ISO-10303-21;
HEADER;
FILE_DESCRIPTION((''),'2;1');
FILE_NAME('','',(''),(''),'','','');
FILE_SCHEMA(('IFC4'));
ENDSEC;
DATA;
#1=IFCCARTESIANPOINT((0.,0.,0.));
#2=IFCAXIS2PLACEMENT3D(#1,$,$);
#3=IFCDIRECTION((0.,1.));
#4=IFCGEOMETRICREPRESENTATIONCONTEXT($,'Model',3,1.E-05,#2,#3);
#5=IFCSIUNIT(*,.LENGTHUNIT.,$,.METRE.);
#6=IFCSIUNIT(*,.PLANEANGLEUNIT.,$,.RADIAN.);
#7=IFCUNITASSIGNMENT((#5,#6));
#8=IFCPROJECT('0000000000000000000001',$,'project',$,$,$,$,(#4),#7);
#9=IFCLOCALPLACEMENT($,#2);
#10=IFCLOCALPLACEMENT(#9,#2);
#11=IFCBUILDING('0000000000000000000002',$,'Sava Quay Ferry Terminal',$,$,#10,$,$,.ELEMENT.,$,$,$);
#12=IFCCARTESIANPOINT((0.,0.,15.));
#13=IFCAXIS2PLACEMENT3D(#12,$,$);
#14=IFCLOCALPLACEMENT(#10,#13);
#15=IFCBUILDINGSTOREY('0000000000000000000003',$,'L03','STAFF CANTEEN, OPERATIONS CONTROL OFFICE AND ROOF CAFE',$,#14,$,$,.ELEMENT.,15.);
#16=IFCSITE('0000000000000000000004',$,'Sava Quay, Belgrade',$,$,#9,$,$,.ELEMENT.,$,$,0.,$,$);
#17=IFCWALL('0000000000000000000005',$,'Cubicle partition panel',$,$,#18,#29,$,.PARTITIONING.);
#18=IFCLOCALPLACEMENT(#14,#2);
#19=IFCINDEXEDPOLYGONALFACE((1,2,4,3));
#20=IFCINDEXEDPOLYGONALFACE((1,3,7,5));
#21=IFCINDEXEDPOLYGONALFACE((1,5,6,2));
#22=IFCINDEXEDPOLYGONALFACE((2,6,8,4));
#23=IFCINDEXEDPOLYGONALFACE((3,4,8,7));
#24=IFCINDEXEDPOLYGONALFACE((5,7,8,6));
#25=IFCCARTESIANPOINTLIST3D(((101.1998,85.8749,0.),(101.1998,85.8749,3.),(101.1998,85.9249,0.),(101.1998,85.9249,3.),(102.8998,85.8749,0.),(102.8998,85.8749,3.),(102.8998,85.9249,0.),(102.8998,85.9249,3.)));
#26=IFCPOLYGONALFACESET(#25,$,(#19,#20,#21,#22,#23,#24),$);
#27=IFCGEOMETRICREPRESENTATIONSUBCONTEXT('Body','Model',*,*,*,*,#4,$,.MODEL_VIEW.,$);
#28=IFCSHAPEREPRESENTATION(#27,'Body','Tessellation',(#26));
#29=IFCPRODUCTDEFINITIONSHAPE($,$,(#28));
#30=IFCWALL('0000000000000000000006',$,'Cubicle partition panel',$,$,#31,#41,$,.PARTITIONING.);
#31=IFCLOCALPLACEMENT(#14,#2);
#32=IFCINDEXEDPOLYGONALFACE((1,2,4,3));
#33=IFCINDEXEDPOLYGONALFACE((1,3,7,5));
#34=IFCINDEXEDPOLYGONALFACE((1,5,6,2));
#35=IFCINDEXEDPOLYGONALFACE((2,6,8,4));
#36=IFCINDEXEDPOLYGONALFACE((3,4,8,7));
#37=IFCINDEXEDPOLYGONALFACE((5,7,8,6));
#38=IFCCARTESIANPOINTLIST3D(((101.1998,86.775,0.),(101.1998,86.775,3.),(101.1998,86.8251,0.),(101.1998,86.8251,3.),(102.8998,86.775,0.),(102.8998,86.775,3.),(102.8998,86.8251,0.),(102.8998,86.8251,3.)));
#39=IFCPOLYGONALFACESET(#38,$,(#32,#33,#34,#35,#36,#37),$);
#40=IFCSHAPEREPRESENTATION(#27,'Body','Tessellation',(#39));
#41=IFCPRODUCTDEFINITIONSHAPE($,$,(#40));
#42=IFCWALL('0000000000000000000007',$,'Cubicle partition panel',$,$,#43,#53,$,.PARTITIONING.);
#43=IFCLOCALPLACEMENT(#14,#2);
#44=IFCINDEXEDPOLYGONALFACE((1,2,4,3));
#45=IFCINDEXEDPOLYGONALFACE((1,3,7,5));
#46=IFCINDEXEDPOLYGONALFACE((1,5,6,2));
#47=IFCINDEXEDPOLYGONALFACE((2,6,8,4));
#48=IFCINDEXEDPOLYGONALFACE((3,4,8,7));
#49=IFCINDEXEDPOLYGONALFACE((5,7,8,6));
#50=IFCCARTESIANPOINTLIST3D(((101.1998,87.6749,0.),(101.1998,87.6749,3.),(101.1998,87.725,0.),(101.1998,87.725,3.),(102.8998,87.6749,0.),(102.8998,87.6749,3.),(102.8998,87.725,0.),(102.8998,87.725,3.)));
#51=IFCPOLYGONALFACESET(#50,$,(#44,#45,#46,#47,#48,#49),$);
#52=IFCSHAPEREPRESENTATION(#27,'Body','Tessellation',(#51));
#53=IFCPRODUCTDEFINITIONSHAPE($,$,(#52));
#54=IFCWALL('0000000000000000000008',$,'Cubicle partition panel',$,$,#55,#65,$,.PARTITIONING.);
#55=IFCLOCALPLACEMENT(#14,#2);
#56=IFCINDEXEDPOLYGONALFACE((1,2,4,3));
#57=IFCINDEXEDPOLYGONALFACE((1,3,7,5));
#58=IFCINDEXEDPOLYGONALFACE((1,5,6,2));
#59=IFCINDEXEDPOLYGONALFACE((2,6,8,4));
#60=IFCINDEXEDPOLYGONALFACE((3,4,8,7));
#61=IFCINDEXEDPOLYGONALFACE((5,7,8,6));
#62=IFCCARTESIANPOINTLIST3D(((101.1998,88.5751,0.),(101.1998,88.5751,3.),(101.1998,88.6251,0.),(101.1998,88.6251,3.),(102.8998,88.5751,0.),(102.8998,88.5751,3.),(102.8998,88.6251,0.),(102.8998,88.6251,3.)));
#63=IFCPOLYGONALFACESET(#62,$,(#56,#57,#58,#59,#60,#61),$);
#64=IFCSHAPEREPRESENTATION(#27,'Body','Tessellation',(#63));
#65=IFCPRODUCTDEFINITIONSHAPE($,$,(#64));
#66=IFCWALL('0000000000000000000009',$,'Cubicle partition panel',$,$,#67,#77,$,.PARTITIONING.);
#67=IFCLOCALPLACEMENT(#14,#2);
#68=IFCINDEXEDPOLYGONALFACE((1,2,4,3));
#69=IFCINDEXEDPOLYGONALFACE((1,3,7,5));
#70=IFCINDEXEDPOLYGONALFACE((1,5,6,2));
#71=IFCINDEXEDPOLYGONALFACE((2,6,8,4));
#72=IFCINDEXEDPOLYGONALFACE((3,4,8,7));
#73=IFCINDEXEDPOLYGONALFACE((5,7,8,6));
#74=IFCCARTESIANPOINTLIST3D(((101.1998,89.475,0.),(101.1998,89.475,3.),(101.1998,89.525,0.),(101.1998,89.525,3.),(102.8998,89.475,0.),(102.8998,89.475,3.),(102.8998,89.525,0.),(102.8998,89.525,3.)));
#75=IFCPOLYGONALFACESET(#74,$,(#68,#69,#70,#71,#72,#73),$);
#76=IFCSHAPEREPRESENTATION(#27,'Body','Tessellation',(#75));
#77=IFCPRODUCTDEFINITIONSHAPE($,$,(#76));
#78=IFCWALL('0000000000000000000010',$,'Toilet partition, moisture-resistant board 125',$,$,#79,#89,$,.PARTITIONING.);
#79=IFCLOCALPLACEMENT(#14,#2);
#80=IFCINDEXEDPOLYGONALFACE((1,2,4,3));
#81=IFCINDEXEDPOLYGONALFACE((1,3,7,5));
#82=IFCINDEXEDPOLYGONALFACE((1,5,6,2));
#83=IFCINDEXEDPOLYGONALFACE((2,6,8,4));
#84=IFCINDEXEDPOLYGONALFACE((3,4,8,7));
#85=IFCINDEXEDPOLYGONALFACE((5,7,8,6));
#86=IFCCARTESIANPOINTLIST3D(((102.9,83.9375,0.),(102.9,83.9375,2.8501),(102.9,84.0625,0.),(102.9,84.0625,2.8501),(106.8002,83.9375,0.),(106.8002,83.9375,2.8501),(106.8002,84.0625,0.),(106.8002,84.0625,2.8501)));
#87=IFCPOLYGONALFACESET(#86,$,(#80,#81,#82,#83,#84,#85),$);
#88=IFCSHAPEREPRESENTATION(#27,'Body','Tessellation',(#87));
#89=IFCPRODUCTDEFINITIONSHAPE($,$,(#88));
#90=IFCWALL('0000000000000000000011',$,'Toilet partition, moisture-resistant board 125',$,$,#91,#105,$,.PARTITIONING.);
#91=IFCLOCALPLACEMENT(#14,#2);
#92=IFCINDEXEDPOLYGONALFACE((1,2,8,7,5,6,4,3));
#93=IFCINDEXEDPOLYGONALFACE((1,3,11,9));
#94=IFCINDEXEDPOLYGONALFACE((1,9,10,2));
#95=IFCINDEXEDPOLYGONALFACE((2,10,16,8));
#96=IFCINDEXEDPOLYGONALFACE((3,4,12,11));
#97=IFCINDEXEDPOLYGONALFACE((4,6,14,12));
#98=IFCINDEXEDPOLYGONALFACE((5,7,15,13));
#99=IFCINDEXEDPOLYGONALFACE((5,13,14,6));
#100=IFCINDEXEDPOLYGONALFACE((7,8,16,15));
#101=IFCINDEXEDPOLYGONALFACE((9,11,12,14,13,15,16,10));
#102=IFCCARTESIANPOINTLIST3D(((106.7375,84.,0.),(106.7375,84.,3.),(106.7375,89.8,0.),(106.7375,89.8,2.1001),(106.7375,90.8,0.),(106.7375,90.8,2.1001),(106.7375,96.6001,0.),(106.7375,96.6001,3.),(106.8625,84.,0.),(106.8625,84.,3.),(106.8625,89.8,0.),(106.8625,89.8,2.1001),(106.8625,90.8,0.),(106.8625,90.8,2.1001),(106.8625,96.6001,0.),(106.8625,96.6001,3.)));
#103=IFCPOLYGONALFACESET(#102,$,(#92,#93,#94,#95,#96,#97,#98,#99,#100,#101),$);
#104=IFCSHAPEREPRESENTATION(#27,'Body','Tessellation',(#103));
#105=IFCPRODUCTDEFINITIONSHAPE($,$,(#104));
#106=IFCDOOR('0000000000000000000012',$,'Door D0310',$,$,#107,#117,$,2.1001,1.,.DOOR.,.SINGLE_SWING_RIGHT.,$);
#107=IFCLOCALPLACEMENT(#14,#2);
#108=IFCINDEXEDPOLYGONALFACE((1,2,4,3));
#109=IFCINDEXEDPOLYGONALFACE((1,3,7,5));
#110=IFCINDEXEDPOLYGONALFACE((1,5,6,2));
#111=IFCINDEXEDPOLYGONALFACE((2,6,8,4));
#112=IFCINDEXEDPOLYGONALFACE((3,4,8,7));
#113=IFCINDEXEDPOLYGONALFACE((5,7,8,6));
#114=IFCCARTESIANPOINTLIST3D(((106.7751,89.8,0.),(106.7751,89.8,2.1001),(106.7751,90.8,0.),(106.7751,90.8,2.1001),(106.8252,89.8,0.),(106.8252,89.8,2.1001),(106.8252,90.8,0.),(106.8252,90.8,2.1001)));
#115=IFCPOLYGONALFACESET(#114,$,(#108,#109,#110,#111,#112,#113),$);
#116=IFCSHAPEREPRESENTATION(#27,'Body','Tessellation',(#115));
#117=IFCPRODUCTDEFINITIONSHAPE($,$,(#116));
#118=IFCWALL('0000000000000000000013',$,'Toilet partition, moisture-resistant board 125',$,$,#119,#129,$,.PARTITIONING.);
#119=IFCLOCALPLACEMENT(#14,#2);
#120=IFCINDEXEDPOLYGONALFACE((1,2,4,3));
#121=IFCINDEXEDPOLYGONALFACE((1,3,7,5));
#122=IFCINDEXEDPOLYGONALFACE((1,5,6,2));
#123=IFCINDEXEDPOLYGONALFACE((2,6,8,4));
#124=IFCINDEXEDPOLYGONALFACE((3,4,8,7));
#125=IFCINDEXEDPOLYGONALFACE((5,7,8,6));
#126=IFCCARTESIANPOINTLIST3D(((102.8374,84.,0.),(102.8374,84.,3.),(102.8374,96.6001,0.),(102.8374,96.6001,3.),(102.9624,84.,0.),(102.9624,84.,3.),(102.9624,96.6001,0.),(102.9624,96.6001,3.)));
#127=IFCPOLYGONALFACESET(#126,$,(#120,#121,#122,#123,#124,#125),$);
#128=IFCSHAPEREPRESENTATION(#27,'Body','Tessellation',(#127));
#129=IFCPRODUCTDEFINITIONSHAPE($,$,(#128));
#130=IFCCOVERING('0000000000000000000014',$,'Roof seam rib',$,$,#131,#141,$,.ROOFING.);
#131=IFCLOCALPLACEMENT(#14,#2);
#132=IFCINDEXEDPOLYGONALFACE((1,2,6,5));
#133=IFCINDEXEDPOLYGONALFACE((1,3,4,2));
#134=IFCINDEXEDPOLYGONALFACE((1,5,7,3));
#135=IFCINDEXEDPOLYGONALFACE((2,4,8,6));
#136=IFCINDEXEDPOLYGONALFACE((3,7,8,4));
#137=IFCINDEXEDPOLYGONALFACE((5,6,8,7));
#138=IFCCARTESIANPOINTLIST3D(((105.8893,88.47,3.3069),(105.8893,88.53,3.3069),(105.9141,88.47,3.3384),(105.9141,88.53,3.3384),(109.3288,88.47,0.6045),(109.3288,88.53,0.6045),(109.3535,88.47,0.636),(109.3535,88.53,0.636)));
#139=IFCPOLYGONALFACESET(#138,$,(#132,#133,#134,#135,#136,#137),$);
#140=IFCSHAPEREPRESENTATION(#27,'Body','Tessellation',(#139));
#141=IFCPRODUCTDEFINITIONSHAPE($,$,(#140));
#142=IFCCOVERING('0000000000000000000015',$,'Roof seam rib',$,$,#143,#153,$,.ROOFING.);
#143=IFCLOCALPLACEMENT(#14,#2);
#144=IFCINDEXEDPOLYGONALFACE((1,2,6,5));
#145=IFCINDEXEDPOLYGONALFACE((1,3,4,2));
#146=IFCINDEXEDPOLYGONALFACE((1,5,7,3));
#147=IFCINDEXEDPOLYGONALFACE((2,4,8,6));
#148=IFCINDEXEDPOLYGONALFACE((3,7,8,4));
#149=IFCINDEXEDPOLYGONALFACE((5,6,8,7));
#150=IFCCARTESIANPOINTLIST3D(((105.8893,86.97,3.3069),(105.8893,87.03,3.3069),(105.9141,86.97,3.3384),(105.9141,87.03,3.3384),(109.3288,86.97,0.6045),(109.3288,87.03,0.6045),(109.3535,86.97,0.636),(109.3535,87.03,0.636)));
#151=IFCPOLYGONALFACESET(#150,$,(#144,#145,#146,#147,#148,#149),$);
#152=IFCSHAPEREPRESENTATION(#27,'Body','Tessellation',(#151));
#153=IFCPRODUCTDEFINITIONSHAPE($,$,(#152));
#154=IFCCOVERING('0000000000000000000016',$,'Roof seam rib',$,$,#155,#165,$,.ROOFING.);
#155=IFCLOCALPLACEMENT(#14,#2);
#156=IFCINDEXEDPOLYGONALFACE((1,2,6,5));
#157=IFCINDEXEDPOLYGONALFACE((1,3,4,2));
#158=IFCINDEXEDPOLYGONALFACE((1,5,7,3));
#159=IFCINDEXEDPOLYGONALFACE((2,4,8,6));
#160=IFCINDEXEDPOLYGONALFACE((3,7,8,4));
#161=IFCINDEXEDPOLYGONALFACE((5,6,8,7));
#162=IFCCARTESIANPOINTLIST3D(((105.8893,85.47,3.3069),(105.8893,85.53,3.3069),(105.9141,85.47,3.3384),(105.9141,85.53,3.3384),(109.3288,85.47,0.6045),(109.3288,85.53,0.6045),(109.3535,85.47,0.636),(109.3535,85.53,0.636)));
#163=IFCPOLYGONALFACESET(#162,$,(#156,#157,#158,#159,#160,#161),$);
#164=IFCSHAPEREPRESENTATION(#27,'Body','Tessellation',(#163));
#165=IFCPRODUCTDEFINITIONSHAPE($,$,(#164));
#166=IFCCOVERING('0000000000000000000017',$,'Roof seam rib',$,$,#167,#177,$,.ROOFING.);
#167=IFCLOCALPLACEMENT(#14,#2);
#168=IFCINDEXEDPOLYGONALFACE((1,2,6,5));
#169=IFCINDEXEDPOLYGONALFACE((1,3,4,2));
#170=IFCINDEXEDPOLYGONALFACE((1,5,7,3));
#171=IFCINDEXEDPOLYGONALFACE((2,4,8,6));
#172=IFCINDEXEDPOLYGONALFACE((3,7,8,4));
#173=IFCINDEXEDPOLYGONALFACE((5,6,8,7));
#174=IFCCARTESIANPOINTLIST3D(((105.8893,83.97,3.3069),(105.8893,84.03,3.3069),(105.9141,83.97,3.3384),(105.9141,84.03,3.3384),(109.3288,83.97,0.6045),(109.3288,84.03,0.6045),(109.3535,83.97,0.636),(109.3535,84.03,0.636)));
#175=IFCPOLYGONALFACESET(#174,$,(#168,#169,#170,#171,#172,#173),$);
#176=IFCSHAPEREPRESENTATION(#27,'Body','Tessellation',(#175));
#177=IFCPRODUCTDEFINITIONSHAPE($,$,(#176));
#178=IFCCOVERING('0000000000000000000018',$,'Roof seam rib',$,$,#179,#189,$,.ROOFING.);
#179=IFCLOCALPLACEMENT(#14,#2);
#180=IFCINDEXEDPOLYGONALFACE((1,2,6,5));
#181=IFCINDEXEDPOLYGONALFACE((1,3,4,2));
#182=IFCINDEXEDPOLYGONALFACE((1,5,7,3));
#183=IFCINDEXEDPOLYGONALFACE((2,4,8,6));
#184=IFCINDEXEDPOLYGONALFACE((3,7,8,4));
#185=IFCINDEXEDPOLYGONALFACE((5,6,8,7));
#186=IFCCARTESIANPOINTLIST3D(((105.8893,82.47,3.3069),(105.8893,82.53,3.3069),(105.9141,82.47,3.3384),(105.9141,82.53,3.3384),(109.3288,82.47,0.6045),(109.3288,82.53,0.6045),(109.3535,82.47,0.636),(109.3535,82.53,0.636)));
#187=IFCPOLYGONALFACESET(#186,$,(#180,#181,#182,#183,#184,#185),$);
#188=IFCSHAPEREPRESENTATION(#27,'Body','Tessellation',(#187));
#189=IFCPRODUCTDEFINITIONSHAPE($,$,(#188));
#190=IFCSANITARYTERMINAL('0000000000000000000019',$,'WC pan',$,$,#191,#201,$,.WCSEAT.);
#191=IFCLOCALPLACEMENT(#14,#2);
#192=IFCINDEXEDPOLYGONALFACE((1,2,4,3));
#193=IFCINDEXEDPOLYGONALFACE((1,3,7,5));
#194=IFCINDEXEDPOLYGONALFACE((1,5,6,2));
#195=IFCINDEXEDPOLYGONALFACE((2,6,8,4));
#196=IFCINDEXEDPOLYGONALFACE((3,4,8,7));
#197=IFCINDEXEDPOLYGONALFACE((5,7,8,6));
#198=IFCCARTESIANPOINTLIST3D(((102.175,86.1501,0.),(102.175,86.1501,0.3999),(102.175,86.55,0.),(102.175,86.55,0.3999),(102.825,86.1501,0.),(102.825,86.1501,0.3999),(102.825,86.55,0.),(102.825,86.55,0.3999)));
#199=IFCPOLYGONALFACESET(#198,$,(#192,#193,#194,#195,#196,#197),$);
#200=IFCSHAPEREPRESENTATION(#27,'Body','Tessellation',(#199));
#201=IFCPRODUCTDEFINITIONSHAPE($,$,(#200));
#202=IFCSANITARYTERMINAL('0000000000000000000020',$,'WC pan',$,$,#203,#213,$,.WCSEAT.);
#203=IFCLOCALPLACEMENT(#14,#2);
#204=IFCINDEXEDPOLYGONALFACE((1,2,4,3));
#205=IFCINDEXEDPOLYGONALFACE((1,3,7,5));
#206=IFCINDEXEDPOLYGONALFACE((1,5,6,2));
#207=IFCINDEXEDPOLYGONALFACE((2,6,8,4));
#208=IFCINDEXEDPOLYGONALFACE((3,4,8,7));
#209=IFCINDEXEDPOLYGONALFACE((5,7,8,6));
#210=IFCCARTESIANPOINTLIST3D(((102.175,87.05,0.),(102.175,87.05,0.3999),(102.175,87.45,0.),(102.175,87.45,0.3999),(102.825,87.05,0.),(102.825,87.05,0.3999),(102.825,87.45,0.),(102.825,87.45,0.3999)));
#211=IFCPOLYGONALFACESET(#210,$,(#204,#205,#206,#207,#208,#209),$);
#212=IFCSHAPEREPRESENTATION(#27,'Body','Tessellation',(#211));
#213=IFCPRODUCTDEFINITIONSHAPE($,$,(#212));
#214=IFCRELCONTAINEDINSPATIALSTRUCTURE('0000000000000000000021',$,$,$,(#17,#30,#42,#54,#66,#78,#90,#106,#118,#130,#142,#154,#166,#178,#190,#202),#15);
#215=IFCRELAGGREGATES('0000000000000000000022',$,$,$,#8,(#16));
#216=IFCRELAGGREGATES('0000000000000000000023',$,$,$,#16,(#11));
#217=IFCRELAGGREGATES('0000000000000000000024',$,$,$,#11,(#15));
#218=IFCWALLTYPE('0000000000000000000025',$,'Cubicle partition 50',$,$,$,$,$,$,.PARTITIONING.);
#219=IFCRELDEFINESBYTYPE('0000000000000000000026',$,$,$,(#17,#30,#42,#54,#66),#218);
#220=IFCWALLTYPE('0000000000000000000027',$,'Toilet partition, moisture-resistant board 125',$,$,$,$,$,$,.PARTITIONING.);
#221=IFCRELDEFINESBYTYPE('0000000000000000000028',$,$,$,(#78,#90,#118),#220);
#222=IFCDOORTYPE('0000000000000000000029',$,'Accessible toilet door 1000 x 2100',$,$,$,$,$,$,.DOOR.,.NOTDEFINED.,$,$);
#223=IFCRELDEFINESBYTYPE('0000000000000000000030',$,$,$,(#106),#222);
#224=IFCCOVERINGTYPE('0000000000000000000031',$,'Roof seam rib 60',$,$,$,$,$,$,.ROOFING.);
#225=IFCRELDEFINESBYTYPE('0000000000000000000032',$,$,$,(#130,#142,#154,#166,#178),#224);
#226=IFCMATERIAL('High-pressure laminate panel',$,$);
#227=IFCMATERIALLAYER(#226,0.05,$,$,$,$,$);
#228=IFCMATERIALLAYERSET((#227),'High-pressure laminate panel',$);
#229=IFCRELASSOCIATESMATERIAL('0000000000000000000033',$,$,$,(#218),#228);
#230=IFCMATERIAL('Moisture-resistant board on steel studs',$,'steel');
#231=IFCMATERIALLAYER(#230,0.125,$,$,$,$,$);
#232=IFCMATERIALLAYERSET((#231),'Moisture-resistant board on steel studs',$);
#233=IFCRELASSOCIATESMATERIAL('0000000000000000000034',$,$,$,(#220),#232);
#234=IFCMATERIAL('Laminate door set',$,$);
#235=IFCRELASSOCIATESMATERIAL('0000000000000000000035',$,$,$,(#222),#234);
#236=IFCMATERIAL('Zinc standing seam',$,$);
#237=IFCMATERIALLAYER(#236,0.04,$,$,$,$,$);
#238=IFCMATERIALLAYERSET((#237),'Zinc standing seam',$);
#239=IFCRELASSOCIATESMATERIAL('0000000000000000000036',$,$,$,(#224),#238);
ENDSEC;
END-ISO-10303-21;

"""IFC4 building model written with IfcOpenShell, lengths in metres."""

from ifc_helpers import new_model, si_unit, direction, frame, frame_2d, origin, origin_2d, place, context, subcontext, project, spatial, polyline, rectangle, outline, extrude, material, layer, layer_set, type_object, element, fill, save


model = new_model("IFC4")

# Units and contexts
model_context = context("Model", 3, precision=1e-05, world=origin(), true_north=direction((0.0, 1.0)))
body_context = subcontext(model_context, "Body", "Model", "MODEL_VIEW")
ifc_project = project(units=[si_unit("LENGTHUNIT", "METRE"), si_unit("PLANEANGLEUNIT", "RADIAN")], contexts=[model_context])

# Site, building, storey
site_placement = place(None, origin())
site = spatial("IfcSite", under=ifc_project, at=site_placement, Name="Sava Quay, Belgrade", CompositionType="ELEMENT", RefElevation=0.0)
building_placement = place(site_placement, origin())
building = spatial("IfcBuilding", under=site, at=building_placement, Name="Sava Quay Ferry Terminal", CompositionType="ELEMENT")
storey_placement = place(building_placement, frame((0.0, 0.0, 15.0)))
storey = spatial("IfcBuildingStorey", under=building, at=storey_placement, Name="L03", Description="STAFF CANTEEN, OPERATIONS CONTROL OFFICE AND ROOF CAFE", CompositionType="ELEMENT", Elevation=15.0)

# Walls
ifc_material_1 = material(Name="High-pressure laminate panel")
ifc_layer_1 = layer(ifc_material_1, 0.05)
ifc_layer_set_1 = layer_set([ifc_layer_1], Name="High-pressure laminate panel")
wall_type_1 = type_object("IfcWallType", Name="Cubicle partition 50", PredefinedType="PARTITIONING", material=ifc_layer_set_1)
for number, where, z_axis, x_axis, name in (
    (1, (102.8999, 85.8999, 0.0), (0.0, 0.0, 1.0), (-1.0, 0.0, 0.0), "Cubicle partition panel"),
    (2, (102.8999, 86.8, 0.0), (0.0, 0.0, 1.0), (-1.0, 0.0, 0.0), "Cubicle partition panel"),
    (3, (102.8999, 87.7, 0.0), (0.0, 0.0, 1.0), (-1.0, 0.0, 0.0), "Cubicle partition panel"),
    (4, (102.8999, 88.6001, 0.0), (0.0, 0.0, 1.0), (-1.0, 0.0, 0.0), "Cubicle partition panel"),
    (5, (102.8999, 89.5, 0.0), (0.0, 0.0, 1.0), (-1.0, 0.0, 0.0), "Cubicle partition panel"),
):
    element("IfcWall", number, at=place(storey_placement, frame(where, z_axis=z_axis, x_axis=x_axis)), inside=storey, type_object=wall_type_1, Name=name, PredefinedType="PARTITIONING", context=body_context, shape_type="SweptSolid", body=[
        extrude(rectangle(XDim=1.7, YDim=0.05, at=frame_2d((0.8501, 0.0))), origin(), (0.0, 0.0, 1.0), 3.0),
    ])
ifc_material_2 = material(Name="Moisture-resistant board on steel studs", Category="steel")
ifc_layer_2 = layer(ifc_material_2, 0.125)
ifc_layer_set_2 = layer_set([ifc_layer_2], Name="Moisture-resistant board on steel studs")
wall_type_2 = type_object("IfcWallType", Name="Toilet partition, moisture-resistant board 125", PredefinedType="PARTITIONING", material=ifc_layer_set_2)
wall_1_placement = place(storey_placement, frame((102.8999, 84.0, 0.0), z_axis=(0.0, 0.0, 1.0), x_axis=(1.0, 0.0, 0.0)))
element("IfcWall", 6, at=wall_1_placement, inside=storey, type_object=wall_type_2, Name="Toilet partition, moisture-resistant board 125", PredefinedType="PARTITIONING", context=body_context, shape_type="SweptSolid", body=[
    extrude(rectangle(XDim=3.9001, YDim=0.125, at=frame_2d((1.9502, 0.0))), origin(), (0.0, 0.0, 1.0), 2.8501),
])

# Wall, opening, door
wall_2_placement = place(storey_placement, frame((106.8, 84.0, 0.0), z_axis=(0.0, 0.0, 1.0), x_axis=(0.0, 1.0, 0.0)))
wall_2 = element("IfcWall", 7, at=wall_2_placement, inside=storey, type_object=wall_type_2, Name="Toilet partition, moisture-resistant board 125", PredefinedType="PARTITIONING", context=body_context, shape_type="SweptSolid", body=[
    extrude(rectangle(XDim=12.6001, YDim=0.125, at=frame_2d((6.3, 0.0))), origin(), (0.0, 0.0, 1.0), 3.0),
])
opening_placement = place(wall_2_placement, frame((5.8, 0.0, 0.0)))
opening = element("IfcOpeningElement", 8, at=opening_placement, cuts=wall_2, PredefinedType="OPENING", context=body_context, shape_type="SweptSolid", body=[
    extrude(rectangle(XDim=1.0, YDim=2.1001, at=frame_2d((0.5, 1.05))), frame((0.0, 0.0625, 0.0), z_axis=(0.0, -1.0, 0.0), x_axis=(1.0, 0.0, 0.0)), (0.0, 0.0, 1.0), 0.125),
])
ifc_material_3 = material(Name="Laminate door set")
door_type = type_object("IfcDoorType", Name="Accessible toilet door 1000 x 2100", OperationType="NOTDEFINED", PredefinedType="DOOR", material=ifc_material_3)
door_placement = place(opening_placement, origin())
door = element("IfcDoor", 9, at=door_placement, inside=storey, type_object=door_type, Name="Door D0310", OperationType="SINGLE_SWING_RIGHT", OverallHeight=2.1001, OverallWidth=1.0, PredefinedType="DOOR", context=body_context, shape_type="SweptSolid", body=[
    extrude(rectangle(XDim=1.0, YDim=2.1001, at=frame_2d((0.5, 1.05))), frame((0.0, 0.0249, 0.0), z_axis=(0.0, -1.0, 0.0), x_axis=(1.0, 0.0, 0.0)), (0.0, 0.0, 1.0), 0.05),
])
fill(opening, door)

# Wall
wall_3_placement = place(storey_placement, frame((102.8999, 84.0, 0.0), z_axis=(0.0, 0.0, 1.0), x_axis=(0.0, 1.0, 0.0)))
element("IfcWall", 10, at=wall_3_placement, inside=storey, type_object=wall_type_2, Name="Toilet partition, moisture-resistant board 125", PredefinedType="PARTITIONING", context=body_context, shape_type="SweptSolid", body=[
    extrude(rectangle(XDim=12.6001, YDim=0.125, at=frame_2d((6.3, 0.0))), origin(), (0.0, 0.0, 1.0), 3.0),
])

# Coverings
ifc_material_4 = material(Name="Zinc standing seam")
ifc_layer_3 = layer(ifc_material_4, 0.04)
ifc_layer_set_3 = layer_set([ifc_layer_3], Name="Zinc standing seam")
covering_type = type_object("IfcCoveringType", Name="Roof seam rib 60", PredefinedType="ROOFING", material=ifc_layer_set_3)
for number, where, z_axis, x_axis, name in (
    (11, (109.3535, 88.47, 0.636), (0.617817, 0.0, 0.786322), (-0.786322, 0.0, 0.617817), "Roof seam rib"),
    (12, (109.3535, 86.97, 0.636), (0.617817, 0.0, 0.786322), (-0.786322, 0.0, 0.617817), "Roof seam rib"),
    (13, (109.3535, 85.47, 0.636), (0.617817, 0.0, 0.786322), (-0.786322, 0.0, 0.617817), "Roof seam rib"),
    (14, (109.3535, 83.97, 0.636), (0.617817, 0.0, 0.786322), (-0.786322, 0.0, 0.617817), "Roof seam rib"),
    (15, (109.3535, 82.47, 0.636), (0.617817, 0.0, 0.786322), (-0.786322, 0.0, 0.617817), "Roof seam rib"),
):
    element("IfcCovering", number, at=place(storey_placement, frame(where, z_axis=z_axis, x_axis=x_axis)), inside=storey, type_object=covering_type, Name=name, PredefinedType="ROOFING", context=body_context, shape_type="SweptSolid", body=[
        extrude(outline(polyline([(0.0, 0.0), (4.3741, 0.0), (4.3741, -0.0601), (0.0, -0.0601), (0.0, 0.0)])), origin(), (0.0, 0.0, -1.0), 0.04),
    ])

# Sanitary terminals
for number, where, z_axis, x_axis, name in (
    (16, (102.5, 86.3501, 0.0), (0.0, 0.0, 1.0), (1.0, 0.0, 0.0), "WC pan"),
    (17, (102.5, 87.25, 0.0), (0.0, 0.0, 1.0), (1.0, 0.0, 0.0), "WC pan"),
):
    element("IfcSanitaryTerminal", number, at=place(storey_placement, frame(where, z_axis=z_axis, x_axis=x_axis)), inside=storey, Name=name, PredefinedType="WCSEAT", context=body_context, shape_type="SweptSolid", body=[
        extrude(rectangle(XDim=0.6499, YDim=0.3999, at=origin_2d()), origin(), (0.0, 0.0, 1.0), 0.3999),
    ])

save(model, "model.ifc")
